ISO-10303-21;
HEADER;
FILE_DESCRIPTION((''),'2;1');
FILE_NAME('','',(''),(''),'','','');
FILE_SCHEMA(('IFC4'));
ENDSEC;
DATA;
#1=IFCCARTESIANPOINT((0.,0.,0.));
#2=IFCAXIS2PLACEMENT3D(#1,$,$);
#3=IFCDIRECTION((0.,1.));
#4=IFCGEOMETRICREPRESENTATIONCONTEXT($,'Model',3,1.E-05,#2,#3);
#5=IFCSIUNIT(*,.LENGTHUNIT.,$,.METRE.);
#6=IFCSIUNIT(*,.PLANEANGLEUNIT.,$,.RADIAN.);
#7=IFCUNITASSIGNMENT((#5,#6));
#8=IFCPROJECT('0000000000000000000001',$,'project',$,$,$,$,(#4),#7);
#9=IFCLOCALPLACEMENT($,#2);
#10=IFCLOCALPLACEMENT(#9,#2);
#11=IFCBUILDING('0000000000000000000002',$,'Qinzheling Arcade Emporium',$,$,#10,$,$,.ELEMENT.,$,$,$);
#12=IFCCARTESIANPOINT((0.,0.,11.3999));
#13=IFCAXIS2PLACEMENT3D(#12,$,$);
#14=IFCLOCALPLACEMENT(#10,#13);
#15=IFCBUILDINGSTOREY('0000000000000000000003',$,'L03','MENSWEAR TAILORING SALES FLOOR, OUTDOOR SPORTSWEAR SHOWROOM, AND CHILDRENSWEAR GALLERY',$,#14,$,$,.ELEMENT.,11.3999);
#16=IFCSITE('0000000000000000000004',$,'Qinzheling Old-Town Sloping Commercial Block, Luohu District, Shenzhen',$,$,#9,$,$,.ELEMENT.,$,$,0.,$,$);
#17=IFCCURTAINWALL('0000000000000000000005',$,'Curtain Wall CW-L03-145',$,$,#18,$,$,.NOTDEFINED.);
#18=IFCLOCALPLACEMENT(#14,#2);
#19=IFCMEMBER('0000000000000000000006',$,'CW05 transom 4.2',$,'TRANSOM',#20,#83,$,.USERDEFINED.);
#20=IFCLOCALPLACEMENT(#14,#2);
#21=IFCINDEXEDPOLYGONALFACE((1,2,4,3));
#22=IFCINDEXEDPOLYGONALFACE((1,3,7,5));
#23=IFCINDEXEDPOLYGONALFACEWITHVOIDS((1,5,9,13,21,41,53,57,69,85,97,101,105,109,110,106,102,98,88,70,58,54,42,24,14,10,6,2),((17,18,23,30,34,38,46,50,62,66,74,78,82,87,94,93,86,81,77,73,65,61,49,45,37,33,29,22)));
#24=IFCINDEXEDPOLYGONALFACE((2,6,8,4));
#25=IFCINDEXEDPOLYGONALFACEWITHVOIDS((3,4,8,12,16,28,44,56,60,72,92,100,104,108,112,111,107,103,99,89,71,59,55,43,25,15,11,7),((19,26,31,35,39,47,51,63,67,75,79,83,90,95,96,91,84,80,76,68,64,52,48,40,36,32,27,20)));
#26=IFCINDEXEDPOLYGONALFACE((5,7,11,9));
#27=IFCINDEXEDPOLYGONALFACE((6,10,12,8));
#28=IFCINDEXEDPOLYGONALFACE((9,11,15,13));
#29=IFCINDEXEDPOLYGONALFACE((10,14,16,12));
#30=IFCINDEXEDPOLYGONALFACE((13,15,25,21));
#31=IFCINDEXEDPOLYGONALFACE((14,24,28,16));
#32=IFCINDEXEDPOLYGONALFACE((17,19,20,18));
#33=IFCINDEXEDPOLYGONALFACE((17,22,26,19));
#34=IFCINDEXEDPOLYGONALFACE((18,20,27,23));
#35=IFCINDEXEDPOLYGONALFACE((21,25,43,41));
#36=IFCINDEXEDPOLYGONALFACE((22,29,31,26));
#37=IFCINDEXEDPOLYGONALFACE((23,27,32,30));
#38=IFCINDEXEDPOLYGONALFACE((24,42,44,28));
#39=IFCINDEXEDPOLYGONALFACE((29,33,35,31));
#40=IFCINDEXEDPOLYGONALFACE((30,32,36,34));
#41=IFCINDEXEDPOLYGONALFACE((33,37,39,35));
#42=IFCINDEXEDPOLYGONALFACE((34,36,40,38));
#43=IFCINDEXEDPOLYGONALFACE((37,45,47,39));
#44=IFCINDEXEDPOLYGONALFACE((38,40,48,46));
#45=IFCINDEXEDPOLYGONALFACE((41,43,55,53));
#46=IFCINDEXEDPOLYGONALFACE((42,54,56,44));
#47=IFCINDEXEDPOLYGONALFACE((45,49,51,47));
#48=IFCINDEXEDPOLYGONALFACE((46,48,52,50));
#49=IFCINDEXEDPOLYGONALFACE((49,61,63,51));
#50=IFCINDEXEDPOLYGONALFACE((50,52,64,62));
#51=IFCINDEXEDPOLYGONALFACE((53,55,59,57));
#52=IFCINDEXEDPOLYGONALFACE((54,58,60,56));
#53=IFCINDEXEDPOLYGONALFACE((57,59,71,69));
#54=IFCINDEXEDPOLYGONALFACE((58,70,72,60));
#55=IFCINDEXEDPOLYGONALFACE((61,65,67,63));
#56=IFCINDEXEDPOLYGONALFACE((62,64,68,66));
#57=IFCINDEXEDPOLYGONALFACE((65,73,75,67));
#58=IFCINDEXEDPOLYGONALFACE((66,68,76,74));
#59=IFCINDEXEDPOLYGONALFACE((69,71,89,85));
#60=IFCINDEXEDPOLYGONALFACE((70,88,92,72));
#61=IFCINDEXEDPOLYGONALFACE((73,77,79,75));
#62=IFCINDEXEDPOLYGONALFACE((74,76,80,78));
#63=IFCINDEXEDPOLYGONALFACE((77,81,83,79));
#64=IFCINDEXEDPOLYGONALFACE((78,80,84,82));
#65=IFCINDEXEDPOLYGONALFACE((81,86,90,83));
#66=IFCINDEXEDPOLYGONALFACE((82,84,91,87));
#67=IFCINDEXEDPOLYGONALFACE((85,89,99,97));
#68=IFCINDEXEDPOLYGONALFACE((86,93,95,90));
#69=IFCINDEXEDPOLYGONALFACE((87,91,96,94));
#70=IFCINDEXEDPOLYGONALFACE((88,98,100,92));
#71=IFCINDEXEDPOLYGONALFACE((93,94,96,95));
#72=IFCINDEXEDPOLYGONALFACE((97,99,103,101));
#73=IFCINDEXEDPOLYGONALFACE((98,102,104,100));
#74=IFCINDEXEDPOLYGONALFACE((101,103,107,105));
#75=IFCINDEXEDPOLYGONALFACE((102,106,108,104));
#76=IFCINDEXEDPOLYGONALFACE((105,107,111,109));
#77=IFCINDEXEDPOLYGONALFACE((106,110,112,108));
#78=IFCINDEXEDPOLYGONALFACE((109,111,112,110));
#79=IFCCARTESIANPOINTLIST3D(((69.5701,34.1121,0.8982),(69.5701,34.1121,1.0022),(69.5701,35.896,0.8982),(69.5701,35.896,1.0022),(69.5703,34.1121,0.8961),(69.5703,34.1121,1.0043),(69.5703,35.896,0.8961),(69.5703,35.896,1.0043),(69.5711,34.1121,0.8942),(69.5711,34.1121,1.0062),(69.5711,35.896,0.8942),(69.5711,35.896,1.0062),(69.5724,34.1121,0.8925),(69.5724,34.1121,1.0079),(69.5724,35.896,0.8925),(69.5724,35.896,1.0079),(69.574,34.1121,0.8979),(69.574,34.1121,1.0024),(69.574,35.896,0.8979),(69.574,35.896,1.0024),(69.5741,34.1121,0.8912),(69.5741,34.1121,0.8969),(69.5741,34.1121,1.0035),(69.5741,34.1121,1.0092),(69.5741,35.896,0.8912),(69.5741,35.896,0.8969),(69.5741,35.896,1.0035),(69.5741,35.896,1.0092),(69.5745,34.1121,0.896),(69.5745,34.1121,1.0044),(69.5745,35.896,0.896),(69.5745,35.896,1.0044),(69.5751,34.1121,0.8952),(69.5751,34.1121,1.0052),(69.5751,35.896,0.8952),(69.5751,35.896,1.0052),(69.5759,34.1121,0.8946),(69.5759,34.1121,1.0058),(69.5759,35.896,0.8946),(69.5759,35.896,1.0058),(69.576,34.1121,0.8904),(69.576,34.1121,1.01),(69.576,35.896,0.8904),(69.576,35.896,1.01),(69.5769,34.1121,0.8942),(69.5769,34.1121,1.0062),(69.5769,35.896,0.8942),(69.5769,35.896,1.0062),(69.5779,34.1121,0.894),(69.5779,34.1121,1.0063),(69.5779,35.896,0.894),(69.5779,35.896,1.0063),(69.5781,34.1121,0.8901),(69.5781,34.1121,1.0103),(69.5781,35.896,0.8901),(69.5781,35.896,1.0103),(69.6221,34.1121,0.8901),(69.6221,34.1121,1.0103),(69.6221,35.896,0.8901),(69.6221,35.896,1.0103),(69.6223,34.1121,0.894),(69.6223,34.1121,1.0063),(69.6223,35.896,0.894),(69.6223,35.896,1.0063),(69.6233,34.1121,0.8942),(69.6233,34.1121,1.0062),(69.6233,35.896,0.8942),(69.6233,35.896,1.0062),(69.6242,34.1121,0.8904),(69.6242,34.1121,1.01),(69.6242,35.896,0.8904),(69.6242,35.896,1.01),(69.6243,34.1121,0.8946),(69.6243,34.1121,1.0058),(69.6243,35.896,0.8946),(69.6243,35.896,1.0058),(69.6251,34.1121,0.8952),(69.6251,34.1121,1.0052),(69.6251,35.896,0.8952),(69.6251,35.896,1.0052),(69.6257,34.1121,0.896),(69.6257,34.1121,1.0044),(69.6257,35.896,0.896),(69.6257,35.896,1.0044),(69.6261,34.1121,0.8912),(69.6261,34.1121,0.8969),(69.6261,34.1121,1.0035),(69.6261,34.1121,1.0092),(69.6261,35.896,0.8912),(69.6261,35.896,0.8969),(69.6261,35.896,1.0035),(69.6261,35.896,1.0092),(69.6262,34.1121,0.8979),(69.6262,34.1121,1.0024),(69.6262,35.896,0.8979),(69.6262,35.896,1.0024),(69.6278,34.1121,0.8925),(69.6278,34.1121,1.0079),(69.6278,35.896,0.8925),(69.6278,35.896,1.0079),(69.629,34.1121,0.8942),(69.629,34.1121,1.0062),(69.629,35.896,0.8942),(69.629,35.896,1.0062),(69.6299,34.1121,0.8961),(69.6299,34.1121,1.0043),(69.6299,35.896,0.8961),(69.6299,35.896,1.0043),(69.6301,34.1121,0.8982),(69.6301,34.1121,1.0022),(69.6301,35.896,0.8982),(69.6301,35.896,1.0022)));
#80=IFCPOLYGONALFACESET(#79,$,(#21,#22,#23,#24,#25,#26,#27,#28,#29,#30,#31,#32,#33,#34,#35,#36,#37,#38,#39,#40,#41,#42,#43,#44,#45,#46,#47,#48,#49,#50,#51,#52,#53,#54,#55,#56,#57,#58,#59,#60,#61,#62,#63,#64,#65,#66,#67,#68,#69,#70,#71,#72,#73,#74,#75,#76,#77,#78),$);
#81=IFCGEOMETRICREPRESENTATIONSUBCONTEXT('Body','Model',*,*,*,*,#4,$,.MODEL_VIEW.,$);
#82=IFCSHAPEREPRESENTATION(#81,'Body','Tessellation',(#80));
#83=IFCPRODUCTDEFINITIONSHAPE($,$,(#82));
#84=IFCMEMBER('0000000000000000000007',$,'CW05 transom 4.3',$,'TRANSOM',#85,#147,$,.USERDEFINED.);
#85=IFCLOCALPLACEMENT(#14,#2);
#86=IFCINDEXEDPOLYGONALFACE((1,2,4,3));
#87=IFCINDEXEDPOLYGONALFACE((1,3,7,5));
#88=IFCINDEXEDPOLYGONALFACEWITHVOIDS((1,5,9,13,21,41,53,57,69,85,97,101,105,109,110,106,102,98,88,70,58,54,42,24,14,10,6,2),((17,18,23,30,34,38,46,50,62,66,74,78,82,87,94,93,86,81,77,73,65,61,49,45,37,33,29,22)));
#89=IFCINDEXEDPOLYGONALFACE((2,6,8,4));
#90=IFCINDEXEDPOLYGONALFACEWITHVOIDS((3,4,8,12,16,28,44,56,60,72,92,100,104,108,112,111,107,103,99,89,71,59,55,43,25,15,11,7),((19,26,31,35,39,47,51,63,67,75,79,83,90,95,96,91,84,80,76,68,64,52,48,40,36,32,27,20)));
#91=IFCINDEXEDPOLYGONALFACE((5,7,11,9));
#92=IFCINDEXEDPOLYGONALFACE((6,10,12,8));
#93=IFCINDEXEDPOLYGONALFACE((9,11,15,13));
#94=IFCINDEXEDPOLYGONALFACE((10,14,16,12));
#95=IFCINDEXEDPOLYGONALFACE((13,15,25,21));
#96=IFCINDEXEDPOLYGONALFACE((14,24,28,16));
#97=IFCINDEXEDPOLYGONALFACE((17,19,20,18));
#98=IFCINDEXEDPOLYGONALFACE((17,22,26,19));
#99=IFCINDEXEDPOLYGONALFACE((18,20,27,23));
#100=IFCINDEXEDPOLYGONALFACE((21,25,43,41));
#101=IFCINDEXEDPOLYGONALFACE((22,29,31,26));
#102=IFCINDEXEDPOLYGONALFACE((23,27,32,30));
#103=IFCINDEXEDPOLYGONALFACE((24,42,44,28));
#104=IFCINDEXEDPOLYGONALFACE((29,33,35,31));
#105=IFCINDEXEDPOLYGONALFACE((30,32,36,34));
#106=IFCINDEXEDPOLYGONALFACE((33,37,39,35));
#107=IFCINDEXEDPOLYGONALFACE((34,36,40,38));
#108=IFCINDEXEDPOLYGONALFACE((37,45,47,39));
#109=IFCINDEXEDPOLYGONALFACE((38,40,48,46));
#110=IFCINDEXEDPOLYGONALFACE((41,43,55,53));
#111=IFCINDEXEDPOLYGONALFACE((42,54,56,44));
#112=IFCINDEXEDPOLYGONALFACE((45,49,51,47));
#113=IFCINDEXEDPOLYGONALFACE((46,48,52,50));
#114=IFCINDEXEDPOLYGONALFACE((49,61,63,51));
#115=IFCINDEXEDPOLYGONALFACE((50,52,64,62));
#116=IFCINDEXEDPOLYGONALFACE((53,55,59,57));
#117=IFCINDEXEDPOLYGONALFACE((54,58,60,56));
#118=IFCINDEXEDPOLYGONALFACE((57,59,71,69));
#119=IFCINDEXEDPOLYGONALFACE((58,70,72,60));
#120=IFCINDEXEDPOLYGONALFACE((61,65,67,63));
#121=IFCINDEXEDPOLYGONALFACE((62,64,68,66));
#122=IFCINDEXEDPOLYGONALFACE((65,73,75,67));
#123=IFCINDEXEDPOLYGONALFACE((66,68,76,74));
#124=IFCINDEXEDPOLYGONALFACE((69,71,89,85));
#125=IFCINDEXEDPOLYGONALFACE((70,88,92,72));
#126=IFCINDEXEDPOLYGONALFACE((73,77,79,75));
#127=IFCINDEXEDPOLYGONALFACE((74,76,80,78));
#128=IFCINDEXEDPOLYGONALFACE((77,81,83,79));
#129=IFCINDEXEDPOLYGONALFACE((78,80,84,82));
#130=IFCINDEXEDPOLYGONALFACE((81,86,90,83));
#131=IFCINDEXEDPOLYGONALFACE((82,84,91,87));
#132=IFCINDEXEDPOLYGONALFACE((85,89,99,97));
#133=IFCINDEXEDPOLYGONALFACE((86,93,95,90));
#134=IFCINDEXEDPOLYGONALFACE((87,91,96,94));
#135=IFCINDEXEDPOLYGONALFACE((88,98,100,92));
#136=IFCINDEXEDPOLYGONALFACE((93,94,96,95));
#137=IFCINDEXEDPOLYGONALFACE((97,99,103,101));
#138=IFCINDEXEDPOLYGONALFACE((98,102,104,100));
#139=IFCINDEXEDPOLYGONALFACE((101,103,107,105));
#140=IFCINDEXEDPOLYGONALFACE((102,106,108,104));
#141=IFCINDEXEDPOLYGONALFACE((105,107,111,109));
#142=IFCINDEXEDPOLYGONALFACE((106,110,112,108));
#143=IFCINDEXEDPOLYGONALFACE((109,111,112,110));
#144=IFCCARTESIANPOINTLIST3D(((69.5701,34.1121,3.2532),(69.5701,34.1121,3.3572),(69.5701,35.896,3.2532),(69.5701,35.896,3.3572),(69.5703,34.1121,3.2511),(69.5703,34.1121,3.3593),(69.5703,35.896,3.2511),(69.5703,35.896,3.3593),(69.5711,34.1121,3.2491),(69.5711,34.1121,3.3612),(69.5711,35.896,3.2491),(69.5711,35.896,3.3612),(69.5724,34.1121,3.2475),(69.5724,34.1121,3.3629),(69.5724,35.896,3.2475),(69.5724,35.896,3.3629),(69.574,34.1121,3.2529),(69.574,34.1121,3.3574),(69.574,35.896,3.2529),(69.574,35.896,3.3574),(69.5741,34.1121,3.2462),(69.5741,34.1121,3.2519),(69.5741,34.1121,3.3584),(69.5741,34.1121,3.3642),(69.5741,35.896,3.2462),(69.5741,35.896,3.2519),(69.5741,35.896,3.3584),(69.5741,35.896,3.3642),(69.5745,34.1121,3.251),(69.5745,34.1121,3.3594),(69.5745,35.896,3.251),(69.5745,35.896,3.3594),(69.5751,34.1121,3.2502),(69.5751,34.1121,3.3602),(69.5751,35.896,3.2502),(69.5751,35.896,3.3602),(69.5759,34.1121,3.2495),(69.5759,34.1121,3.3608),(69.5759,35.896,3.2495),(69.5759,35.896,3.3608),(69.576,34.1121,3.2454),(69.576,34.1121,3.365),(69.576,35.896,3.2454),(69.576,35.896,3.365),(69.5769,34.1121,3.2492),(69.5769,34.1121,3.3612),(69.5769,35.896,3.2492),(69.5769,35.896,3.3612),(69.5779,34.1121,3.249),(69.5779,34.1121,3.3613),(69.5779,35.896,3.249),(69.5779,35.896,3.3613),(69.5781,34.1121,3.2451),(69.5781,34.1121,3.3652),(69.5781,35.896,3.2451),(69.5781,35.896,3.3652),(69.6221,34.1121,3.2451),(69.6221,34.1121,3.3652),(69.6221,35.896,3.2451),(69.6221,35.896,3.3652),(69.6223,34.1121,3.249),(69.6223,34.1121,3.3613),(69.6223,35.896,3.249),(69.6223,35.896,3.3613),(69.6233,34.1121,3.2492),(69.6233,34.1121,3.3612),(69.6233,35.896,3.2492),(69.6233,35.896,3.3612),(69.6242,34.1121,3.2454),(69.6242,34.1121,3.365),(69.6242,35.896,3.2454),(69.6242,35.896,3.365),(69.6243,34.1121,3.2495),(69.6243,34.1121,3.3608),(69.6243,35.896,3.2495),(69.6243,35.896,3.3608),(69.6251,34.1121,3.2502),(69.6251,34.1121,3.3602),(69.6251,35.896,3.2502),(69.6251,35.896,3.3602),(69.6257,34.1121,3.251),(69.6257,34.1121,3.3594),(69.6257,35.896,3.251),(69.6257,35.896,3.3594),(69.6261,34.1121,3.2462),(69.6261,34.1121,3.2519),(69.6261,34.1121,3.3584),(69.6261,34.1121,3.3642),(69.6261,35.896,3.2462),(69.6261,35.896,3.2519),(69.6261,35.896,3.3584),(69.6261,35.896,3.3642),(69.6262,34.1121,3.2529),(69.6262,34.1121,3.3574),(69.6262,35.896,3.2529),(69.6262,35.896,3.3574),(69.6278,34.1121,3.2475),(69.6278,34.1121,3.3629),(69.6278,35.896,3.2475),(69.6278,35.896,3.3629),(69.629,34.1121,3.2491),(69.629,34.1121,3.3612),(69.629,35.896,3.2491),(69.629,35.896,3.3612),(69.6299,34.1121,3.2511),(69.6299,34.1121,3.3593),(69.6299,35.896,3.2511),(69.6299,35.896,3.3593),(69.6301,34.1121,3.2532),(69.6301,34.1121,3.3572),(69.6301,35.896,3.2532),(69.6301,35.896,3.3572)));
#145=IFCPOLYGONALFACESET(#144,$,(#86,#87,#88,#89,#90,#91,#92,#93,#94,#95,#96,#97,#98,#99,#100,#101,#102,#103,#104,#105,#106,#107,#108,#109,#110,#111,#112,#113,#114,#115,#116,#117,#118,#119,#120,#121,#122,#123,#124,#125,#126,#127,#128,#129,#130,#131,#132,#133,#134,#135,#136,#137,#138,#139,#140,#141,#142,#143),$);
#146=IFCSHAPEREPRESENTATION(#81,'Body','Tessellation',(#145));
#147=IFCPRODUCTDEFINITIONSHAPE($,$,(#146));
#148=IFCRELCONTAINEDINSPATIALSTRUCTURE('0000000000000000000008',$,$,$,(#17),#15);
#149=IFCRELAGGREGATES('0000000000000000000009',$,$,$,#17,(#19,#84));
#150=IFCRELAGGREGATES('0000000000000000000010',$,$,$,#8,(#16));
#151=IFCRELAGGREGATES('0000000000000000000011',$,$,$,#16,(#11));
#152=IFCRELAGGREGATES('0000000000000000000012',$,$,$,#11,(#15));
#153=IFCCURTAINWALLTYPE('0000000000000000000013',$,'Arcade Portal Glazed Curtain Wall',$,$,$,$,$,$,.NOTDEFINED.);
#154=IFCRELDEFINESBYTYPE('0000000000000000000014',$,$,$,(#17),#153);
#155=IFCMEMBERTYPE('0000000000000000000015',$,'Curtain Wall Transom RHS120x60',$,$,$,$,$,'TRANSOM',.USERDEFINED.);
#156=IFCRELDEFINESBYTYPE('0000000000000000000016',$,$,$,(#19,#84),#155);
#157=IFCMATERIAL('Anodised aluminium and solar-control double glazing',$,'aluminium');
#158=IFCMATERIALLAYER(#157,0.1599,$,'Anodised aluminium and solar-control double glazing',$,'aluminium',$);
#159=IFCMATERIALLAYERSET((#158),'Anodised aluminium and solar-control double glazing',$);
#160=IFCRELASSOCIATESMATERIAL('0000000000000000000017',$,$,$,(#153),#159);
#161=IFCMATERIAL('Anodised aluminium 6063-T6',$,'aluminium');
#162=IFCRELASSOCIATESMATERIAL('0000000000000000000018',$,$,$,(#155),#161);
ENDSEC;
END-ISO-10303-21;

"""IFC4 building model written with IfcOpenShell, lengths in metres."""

from ifc_helpers import new_model, si_unit, direction, frame, origin, origin_2d, place, context, subcontext, project, spatial, hollow_rectangle, extrude, material, layer, layer_set, material_profile, profile_set, type_object, element, aggregate, save


model = new_model("IFC4")

# Units and contexts
model_context = context("Model", 3, precision=1e-05, world=origin(), true_north=direction((0.0, 1.0)))
body_context = subcontext(model_context, "Body", "Model", "MODEL_VIEW")
ifc_project = project(units=[si_unit("LENGTHUNIT", "METRE"), si_unit("PLANEANGLEUNIT", "RADIAN")], contexts=[model_context])

# Site, building, storey
site_placement = place(None, origin())
site = spatial("IfcSite", under=ifc_project, at=site_placement, Name="Qinzheling Old-Town Sloping Commercial Block, Luohu District, Shenzhen", CompositionType="ELEMENT", RefElevation=0.0)
building_placement = place(site_placement, origin())
building = spatial("IfcBuilding", under=site, at=building_placement, Name="Qinzheling Arcade Emporium", CompositionType="ELEMENT")
storey_placement = place(building_placement, frame((0.0, 0.0, 11.3999)))
storey = spatial("IfcBuildingStorey", under=building, at=storey_placement, Name="L03", Description="MENSWEAR TAILORING SALES FLOOR, OUTDOOR SPORTSWEAR SHOWROOM, AND CHILDRENSWEAR GALLERY", CompositionType="ELEMENT", Elevation=11.3999)

# Shared definitions
ifc_material_1 = material(Name="Anodised aluminium and solar-control double glazing", Category="aluminium")
ifc_material_2 = material(Name="Anodised aluminium 6063-T6", Category="aluminium")

# Curtain wall, members
ifc_layer_1 = layer(ifc_material_1, 0.1599, Name="Anodised aluminium and solar-control double glazing", Category="aluminium")
ifc_layer_set_1 = layer_set([ifc_layer_1], Name="Anodised aluminium and solar-control double glazing")
curtain_wall_type_1 = type_object("IfcCurtainWallType", Name="Arcade Portal Glazed Curtain Wall", PredefinedType="NOTDEFINED", material=ifc_layer_set_1)
curtain_wall_1_placement = place(storey_placement, origin())
curtain_wall_1 = element("IfcCurtainWall", 1, at=curtain_wall_1_placement, inside=storey, type_object=curtain_wall_type_1, Name="Curtain Wall CW-L03-145", PredefinedType="NOTDEFINED")
ifc_material_profile_1 = material_profile(ifc_material_2, hollow_rectangle(XDim=0.0601, YDim=0.1201, WallThickness=0.0039, InnerFilletRadius=0.0039, OuterFilletRadius=0.0081, at=origin_2d()), Name="RHS 120x60x4", Category="aluminium")
ifc_profile_set_1 = profile_set([ifc_material_profile_1], Name="Anodised aluminium 6063-T6")
member_type_1 = type_object("IfcMemberType", Name="Curtain Wall Transom RHS120x60", ElementType="TRANSOM", PredefinedType="USERDEFINED", material=ifc_profile_set_1)
member_1_placement = place(storey_placement, frame((69.6001, 35.896, 0.9502), z_axis=(0.0, -1.0, 0.0), x_axis=(1.0, 0.0, 0.0)))
member_1 = element("IfcMember", 2, at=member_1_placement, type_object=member_type_1, Name="CW05 transom 4.2", ObjectType="TRANSOM", PredefinedType="USERDEFINED", context=body_context, shape_type="SweptSolid", body=[
    extrude(hollow_rectangle(XDim=0.0601, YDim=0.1201, WallThickness=0.0039, InnerFilletRadius=0.0039, OuterFilletRadius=0.0081, at=origin_2d()), origin(), (0.0, 0.0, 1.0), 1.7839),
])
member_2_placement = place(storey_placement, frame((69.6001, 35.896, 3.3052), z_axis=(0.0, -1.0, 0.0), x_axis=(1.0, 0.0, 0.0)))
member_2 = element("IfcMember", 3, at=member_2_placement, type_object=member_type_1, Name="CW05 transom 4.3", ObjectType="TRANSOM", PredefinedType="USERDEFINED", context=body_context, shape_type="SweptSolid", body=[
    extrude(hollow_rectangle(XDim=0.0601, YDim=0.1201, WallThickness=0.0039, InnerFilletRadius=0.0039, OuterFilletRadius=0.0081, at=origin_2d()), origin(), (0.0, 0.0, 1.0), 1.7839),
])

aggregate(curtain_wall_1, [member_1, member_2])

save(model, "model.ifc")
